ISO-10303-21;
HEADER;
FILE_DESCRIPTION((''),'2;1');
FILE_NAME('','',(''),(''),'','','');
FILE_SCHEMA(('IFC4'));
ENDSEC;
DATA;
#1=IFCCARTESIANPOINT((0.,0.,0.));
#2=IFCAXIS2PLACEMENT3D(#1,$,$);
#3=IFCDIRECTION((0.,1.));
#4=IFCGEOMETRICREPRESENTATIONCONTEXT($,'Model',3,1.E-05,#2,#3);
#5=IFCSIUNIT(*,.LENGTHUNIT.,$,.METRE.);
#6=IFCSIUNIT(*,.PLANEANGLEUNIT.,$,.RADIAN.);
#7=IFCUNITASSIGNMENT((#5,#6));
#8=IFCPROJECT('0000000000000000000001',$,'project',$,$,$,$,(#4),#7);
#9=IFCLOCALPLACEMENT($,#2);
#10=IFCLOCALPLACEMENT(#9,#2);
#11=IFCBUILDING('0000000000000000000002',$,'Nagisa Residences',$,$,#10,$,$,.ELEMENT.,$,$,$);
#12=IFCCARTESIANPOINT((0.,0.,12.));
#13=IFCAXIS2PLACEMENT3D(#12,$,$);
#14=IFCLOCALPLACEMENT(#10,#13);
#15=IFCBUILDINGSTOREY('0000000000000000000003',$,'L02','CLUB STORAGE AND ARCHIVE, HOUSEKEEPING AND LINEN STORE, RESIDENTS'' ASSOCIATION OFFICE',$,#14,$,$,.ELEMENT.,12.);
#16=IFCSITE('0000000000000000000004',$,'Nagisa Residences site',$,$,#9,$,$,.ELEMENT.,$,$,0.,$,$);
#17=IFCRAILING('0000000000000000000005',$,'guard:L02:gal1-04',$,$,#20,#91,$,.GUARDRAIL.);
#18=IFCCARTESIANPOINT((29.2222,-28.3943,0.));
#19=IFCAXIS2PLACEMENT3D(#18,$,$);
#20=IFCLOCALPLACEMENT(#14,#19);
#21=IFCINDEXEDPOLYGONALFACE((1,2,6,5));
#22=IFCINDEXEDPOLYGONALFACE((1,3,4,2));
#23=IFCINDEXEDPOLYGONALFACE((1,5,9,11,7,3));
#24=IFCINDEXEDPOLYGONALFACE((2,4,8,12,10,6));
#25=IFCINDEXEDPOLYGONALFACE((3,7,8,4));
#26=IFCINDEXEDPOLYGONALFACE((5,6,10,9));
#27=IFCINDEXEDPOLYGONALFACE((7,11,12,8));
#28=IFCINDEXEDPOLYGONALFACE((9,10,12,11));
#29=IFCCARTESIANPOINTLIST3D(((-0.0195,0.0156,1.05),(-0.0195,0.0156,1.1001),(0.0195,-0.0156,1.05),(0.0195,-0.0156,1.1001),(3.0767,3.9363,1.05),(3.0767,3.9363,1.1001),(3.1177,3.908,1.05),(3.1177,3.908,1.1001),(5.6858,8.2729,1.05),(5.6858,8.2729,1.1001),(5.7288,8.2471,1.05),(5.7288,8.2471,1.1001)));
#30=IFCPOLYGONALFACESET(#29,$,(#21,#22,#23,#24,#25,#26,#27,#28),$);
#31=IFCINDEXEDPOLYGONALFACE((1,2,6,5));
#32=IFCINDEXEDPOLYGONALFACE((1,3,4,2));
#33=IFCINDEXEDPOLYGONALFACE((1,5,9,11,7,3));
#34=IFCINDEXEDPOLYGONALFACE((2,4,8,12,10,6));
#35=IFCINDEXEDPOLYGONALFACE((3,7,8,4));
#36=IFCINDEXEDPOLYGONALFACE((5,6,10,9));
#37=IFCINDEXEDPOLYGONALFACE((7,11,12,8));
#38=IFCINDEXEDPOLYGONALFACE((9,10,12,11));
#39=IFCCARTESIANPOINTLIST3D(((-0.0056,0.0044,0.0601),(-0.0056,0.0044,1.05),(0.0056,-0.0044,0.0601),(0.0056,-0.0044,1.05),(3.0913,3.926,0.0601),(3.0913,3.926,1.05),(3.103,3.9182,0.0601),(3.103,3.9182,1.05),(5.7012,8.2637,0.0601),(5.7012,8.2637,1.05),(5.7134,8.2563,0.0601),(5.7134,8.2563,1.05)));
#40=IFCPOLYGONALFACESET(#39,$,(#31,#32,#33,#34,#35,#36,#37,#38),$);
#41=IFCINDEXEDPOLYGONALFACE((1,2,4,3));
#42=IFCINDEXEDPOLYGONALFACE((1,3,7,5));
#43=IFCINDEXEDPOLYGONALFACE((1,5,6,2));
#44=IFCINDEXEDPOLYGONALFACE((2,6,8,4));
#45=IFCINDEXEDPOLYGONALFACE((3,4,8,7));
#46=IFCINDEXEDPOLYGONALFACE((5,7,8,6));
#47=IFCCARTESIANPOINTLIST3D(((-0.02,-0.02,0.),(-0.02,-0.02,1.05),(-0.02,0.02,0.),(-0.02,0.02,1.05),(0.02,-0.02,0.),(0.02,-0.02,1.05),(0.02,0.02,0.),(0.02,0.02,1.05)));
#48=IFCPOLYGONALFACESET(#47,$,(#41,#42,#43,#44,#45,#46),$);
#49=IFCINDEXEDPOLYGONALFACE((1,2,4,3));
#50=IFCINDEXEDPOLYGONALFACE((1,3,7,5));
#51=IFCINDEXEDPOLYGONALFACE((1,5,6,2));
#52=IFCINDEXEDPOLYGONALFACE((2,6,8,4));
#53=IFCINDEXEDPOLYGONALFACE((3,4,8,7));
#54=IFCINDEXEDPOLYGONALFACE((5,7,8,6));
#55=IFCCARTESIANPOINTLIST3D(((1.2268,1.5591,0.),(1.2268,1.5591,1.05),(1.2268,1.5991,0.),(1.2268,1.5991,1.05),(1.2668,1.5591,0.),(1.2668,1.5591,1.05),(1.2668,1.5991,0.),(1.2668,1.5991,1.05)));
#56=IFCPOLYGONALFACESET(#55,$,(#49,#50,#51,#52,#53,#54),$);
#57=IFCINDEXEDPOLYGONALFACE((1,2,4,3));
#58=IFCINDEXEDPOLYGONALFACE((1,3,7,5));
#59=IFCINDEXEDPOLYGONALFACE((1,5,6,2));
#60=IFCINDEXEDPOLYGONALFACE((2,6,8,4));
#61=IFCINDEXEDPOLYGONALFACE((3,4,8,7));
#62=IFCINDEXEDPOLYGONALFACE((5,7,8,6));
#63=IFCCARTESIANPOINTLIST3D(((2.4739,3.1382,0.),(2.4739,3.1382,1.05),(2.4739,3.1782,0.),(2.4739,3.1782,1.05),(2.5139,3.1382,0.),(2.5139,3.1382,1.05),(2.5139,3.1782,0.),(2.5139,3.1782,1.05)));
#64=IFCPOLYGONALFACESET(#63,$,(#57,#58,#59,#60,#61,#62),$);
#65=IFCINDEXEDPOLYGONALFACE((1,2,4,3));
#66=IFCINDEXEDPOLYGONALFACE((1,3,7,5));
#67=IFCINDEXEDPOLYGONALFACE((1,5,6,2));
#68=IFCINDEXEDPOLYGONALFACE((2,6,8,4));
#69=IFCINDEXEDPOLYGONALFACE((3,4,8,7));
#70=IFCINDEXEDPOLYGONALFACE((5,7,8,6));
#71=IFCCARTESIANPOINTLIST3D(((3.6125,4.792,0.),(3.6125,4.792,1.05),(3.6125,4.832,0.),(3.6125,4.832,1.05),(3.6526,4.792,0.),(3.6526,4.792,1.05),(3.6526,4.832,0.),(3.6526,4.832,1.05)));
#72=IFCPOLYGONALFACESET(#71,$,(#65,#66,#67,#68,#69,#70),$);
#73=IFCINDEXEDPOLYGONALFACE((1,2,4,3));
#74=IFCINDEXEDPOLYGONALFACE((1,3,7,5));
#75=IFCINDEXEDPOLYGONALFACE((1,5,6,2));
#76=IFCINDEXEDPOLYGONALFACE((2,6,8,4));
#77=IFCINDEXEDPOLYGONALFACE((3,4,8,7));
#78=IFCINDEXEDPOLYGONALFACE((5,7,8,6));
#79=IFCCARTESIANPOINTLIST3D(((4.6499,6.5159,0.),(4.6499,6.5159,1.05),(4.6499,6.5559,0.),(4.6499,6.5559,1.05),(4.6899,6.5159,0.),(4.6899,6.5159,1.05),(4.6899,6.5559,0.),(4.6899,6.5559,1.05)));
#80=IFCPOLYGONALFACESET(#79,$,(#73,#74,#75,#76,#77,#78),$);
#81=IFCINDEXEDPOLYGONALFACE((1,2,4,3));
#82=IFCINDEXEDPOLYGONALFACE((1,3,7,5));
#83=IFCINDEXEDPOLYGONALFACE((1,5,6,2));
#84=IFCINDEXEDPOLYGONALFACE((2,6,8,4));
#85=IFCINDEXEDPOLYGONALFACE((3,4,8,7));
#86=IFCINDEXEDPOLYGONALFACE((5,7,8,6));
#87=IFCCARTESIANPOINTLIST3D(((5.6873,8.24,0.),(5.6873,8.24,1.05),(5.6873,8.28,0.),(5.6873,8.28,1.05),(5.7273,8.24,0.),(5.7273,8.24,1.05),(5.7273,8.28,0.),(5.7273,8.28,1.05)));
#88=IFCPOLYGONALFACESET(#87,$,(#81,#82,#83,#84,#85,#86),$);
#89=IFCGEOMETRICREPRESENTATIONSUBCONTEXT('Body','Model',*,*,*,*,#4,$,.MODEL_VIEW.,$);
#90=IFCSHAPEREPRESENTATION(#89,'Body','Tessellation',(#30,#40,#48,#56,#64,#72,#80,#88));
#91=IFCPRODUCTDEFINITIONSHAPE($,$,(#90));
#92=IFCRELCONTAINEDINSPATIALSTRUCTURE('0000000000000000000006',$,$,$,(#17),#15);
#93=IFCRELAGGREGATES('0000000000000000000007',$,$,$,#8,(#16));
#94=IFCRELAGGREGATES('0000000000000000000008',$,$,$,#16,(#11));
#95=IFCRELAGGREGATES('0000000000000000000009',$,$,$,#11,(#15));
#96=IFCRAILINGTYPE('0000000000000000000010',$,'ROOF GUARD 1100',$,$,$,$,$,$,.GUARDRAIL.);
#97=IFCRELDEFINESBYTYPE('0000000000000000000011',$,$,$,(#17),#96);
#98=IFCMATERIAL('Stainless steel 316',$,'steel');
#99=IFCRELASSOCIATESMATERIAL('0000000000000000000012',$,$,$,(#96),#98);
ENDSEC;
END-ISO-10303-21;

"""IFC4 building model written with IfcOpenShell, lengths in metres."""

from ifc_helpers import new_model, si_unit, direction, frame, origin, origin_2d, place, context, subcontext, project, spatial, polyline, rectangle, outline, extrude, material, type_object, element, save


model = new_model("IFC4")

# Units and contexts
model_context = context("Model", 3, precision=1e-05, world=origin(), true_north=direction((0.0, 1.0)))
body_context = subcontext(model_context, "Body", "Model", "MODEL_VIEW")
ifc_project = project(units=[si_unit("LENGTHUNIT", "METRE"), si_unit("PLANEANGLEUNIT", "RADIAN")], contexts=[model_context])

# Site, building, storey
site_placement = place(None, origin())
site = spatial("IfcSite", under=ifc_project, at=site_placement, Name="Nagisa Residences site", CompositionType="ELEMENT", RefElevation=0.0)
building_placement = place(site_placement, origin())
building = spatial("IfcBuilding", under=site, at=building_placement, Name="Nagisa Residences", CompositionType="ELEMENT")
storey_placement = place(building_placement, frame((0.0, 0.0, 12.0)))
storey = spatial("IfcBuildingStorey", under=building, at=storey_placement, Name="L02", Description="CLUB STORAGE AND ARCHIVE, HOUSEKEEPING AND LINEN STORE, RESIDENTS' ASSOCIATION OFFICE", CompositionType="ELEMENT", Elevation=12.0)

# Railing
ifc_material_1 = material(Name="Stainless steel 316", Category="steel")
railing_type = type_object("IfcRailingType", Name="ROOF GUARD 1100", PredefinedType="GUARDRAIL", material=ifc_material_1)
railing_1_placement = place(storey_placement, frame((29.2222, -28.3943, 0.0)))
element("IfcRailing", 1, at=railing_1_placement, inside=storey, type_object=railing_type, Name="guard:L02:gal1-04", PredefinedType="GUARDRAIL", context=body_context, shape_type="SweptSolid", body=[
    extrude(outline(polyline([(3.0767, 3.9363), (-0.0195, 0.0156), (0.0195, -0.0156), (3.1177, 3.908), (5.7288, 8.2471), (5.6858, 8.2729), (3.0767, 3.9363)])), frame((0.0, 0.0, 1.05)), (0.0, 0.0, 1.0), 0.05),
    extrude(outline(polyline([(3.0913, 3.926), (-0.0056, 0.0044), (0.0056, -0.0044), (3.103, 3.9182), (5.7134, 8.2563), (5.7012, 8.2637), (3.0913, 3.926)])), frame((0.0, 0.0, 0.0601)), (0.0, 0.0, 1.0), 0.99),
    extrude(rectangle(XDim=0.04, YDim=0.04, at=origin_2d()), origin(), (0.0, 0.0, 1.0), 1.05),
    extrude(rectangle(XDim=0.04, YDim=0.04, at=origin_2d()), frame((1.2468, 1.5791, 0.0)), (0.0, 0.0, 1.0), 1.05),
    extrude(rectangle(XDim=0.04, YDim=0.04, at=origin_2d()), frame((2.4939, 3.1582, 0.0)), (0.0, 0.0, 1.0), 1.05),
    extrude(rectangle(XDim=0.04, YDim=0.04, at=origin_2d()), frame((3.6326, 4.812, 0.0)), (0.0, 0.0, 1.0), 1.05),
    extrude(rectangle(XDim=0.04, YDim=0.04, at=origin_2d()), frame((4.6699, 6.5359, 0.0)), (0.0, 0.0, 1.0), 1.05),
    extrude(rectangle(XDim=0.04, YDim=0.04, at=origin_2d()), frame((5.7073, 8.26, 0.0)), (0.0, 0.0, 1.0), 1.05),
])

save(model, "model.ifc")
